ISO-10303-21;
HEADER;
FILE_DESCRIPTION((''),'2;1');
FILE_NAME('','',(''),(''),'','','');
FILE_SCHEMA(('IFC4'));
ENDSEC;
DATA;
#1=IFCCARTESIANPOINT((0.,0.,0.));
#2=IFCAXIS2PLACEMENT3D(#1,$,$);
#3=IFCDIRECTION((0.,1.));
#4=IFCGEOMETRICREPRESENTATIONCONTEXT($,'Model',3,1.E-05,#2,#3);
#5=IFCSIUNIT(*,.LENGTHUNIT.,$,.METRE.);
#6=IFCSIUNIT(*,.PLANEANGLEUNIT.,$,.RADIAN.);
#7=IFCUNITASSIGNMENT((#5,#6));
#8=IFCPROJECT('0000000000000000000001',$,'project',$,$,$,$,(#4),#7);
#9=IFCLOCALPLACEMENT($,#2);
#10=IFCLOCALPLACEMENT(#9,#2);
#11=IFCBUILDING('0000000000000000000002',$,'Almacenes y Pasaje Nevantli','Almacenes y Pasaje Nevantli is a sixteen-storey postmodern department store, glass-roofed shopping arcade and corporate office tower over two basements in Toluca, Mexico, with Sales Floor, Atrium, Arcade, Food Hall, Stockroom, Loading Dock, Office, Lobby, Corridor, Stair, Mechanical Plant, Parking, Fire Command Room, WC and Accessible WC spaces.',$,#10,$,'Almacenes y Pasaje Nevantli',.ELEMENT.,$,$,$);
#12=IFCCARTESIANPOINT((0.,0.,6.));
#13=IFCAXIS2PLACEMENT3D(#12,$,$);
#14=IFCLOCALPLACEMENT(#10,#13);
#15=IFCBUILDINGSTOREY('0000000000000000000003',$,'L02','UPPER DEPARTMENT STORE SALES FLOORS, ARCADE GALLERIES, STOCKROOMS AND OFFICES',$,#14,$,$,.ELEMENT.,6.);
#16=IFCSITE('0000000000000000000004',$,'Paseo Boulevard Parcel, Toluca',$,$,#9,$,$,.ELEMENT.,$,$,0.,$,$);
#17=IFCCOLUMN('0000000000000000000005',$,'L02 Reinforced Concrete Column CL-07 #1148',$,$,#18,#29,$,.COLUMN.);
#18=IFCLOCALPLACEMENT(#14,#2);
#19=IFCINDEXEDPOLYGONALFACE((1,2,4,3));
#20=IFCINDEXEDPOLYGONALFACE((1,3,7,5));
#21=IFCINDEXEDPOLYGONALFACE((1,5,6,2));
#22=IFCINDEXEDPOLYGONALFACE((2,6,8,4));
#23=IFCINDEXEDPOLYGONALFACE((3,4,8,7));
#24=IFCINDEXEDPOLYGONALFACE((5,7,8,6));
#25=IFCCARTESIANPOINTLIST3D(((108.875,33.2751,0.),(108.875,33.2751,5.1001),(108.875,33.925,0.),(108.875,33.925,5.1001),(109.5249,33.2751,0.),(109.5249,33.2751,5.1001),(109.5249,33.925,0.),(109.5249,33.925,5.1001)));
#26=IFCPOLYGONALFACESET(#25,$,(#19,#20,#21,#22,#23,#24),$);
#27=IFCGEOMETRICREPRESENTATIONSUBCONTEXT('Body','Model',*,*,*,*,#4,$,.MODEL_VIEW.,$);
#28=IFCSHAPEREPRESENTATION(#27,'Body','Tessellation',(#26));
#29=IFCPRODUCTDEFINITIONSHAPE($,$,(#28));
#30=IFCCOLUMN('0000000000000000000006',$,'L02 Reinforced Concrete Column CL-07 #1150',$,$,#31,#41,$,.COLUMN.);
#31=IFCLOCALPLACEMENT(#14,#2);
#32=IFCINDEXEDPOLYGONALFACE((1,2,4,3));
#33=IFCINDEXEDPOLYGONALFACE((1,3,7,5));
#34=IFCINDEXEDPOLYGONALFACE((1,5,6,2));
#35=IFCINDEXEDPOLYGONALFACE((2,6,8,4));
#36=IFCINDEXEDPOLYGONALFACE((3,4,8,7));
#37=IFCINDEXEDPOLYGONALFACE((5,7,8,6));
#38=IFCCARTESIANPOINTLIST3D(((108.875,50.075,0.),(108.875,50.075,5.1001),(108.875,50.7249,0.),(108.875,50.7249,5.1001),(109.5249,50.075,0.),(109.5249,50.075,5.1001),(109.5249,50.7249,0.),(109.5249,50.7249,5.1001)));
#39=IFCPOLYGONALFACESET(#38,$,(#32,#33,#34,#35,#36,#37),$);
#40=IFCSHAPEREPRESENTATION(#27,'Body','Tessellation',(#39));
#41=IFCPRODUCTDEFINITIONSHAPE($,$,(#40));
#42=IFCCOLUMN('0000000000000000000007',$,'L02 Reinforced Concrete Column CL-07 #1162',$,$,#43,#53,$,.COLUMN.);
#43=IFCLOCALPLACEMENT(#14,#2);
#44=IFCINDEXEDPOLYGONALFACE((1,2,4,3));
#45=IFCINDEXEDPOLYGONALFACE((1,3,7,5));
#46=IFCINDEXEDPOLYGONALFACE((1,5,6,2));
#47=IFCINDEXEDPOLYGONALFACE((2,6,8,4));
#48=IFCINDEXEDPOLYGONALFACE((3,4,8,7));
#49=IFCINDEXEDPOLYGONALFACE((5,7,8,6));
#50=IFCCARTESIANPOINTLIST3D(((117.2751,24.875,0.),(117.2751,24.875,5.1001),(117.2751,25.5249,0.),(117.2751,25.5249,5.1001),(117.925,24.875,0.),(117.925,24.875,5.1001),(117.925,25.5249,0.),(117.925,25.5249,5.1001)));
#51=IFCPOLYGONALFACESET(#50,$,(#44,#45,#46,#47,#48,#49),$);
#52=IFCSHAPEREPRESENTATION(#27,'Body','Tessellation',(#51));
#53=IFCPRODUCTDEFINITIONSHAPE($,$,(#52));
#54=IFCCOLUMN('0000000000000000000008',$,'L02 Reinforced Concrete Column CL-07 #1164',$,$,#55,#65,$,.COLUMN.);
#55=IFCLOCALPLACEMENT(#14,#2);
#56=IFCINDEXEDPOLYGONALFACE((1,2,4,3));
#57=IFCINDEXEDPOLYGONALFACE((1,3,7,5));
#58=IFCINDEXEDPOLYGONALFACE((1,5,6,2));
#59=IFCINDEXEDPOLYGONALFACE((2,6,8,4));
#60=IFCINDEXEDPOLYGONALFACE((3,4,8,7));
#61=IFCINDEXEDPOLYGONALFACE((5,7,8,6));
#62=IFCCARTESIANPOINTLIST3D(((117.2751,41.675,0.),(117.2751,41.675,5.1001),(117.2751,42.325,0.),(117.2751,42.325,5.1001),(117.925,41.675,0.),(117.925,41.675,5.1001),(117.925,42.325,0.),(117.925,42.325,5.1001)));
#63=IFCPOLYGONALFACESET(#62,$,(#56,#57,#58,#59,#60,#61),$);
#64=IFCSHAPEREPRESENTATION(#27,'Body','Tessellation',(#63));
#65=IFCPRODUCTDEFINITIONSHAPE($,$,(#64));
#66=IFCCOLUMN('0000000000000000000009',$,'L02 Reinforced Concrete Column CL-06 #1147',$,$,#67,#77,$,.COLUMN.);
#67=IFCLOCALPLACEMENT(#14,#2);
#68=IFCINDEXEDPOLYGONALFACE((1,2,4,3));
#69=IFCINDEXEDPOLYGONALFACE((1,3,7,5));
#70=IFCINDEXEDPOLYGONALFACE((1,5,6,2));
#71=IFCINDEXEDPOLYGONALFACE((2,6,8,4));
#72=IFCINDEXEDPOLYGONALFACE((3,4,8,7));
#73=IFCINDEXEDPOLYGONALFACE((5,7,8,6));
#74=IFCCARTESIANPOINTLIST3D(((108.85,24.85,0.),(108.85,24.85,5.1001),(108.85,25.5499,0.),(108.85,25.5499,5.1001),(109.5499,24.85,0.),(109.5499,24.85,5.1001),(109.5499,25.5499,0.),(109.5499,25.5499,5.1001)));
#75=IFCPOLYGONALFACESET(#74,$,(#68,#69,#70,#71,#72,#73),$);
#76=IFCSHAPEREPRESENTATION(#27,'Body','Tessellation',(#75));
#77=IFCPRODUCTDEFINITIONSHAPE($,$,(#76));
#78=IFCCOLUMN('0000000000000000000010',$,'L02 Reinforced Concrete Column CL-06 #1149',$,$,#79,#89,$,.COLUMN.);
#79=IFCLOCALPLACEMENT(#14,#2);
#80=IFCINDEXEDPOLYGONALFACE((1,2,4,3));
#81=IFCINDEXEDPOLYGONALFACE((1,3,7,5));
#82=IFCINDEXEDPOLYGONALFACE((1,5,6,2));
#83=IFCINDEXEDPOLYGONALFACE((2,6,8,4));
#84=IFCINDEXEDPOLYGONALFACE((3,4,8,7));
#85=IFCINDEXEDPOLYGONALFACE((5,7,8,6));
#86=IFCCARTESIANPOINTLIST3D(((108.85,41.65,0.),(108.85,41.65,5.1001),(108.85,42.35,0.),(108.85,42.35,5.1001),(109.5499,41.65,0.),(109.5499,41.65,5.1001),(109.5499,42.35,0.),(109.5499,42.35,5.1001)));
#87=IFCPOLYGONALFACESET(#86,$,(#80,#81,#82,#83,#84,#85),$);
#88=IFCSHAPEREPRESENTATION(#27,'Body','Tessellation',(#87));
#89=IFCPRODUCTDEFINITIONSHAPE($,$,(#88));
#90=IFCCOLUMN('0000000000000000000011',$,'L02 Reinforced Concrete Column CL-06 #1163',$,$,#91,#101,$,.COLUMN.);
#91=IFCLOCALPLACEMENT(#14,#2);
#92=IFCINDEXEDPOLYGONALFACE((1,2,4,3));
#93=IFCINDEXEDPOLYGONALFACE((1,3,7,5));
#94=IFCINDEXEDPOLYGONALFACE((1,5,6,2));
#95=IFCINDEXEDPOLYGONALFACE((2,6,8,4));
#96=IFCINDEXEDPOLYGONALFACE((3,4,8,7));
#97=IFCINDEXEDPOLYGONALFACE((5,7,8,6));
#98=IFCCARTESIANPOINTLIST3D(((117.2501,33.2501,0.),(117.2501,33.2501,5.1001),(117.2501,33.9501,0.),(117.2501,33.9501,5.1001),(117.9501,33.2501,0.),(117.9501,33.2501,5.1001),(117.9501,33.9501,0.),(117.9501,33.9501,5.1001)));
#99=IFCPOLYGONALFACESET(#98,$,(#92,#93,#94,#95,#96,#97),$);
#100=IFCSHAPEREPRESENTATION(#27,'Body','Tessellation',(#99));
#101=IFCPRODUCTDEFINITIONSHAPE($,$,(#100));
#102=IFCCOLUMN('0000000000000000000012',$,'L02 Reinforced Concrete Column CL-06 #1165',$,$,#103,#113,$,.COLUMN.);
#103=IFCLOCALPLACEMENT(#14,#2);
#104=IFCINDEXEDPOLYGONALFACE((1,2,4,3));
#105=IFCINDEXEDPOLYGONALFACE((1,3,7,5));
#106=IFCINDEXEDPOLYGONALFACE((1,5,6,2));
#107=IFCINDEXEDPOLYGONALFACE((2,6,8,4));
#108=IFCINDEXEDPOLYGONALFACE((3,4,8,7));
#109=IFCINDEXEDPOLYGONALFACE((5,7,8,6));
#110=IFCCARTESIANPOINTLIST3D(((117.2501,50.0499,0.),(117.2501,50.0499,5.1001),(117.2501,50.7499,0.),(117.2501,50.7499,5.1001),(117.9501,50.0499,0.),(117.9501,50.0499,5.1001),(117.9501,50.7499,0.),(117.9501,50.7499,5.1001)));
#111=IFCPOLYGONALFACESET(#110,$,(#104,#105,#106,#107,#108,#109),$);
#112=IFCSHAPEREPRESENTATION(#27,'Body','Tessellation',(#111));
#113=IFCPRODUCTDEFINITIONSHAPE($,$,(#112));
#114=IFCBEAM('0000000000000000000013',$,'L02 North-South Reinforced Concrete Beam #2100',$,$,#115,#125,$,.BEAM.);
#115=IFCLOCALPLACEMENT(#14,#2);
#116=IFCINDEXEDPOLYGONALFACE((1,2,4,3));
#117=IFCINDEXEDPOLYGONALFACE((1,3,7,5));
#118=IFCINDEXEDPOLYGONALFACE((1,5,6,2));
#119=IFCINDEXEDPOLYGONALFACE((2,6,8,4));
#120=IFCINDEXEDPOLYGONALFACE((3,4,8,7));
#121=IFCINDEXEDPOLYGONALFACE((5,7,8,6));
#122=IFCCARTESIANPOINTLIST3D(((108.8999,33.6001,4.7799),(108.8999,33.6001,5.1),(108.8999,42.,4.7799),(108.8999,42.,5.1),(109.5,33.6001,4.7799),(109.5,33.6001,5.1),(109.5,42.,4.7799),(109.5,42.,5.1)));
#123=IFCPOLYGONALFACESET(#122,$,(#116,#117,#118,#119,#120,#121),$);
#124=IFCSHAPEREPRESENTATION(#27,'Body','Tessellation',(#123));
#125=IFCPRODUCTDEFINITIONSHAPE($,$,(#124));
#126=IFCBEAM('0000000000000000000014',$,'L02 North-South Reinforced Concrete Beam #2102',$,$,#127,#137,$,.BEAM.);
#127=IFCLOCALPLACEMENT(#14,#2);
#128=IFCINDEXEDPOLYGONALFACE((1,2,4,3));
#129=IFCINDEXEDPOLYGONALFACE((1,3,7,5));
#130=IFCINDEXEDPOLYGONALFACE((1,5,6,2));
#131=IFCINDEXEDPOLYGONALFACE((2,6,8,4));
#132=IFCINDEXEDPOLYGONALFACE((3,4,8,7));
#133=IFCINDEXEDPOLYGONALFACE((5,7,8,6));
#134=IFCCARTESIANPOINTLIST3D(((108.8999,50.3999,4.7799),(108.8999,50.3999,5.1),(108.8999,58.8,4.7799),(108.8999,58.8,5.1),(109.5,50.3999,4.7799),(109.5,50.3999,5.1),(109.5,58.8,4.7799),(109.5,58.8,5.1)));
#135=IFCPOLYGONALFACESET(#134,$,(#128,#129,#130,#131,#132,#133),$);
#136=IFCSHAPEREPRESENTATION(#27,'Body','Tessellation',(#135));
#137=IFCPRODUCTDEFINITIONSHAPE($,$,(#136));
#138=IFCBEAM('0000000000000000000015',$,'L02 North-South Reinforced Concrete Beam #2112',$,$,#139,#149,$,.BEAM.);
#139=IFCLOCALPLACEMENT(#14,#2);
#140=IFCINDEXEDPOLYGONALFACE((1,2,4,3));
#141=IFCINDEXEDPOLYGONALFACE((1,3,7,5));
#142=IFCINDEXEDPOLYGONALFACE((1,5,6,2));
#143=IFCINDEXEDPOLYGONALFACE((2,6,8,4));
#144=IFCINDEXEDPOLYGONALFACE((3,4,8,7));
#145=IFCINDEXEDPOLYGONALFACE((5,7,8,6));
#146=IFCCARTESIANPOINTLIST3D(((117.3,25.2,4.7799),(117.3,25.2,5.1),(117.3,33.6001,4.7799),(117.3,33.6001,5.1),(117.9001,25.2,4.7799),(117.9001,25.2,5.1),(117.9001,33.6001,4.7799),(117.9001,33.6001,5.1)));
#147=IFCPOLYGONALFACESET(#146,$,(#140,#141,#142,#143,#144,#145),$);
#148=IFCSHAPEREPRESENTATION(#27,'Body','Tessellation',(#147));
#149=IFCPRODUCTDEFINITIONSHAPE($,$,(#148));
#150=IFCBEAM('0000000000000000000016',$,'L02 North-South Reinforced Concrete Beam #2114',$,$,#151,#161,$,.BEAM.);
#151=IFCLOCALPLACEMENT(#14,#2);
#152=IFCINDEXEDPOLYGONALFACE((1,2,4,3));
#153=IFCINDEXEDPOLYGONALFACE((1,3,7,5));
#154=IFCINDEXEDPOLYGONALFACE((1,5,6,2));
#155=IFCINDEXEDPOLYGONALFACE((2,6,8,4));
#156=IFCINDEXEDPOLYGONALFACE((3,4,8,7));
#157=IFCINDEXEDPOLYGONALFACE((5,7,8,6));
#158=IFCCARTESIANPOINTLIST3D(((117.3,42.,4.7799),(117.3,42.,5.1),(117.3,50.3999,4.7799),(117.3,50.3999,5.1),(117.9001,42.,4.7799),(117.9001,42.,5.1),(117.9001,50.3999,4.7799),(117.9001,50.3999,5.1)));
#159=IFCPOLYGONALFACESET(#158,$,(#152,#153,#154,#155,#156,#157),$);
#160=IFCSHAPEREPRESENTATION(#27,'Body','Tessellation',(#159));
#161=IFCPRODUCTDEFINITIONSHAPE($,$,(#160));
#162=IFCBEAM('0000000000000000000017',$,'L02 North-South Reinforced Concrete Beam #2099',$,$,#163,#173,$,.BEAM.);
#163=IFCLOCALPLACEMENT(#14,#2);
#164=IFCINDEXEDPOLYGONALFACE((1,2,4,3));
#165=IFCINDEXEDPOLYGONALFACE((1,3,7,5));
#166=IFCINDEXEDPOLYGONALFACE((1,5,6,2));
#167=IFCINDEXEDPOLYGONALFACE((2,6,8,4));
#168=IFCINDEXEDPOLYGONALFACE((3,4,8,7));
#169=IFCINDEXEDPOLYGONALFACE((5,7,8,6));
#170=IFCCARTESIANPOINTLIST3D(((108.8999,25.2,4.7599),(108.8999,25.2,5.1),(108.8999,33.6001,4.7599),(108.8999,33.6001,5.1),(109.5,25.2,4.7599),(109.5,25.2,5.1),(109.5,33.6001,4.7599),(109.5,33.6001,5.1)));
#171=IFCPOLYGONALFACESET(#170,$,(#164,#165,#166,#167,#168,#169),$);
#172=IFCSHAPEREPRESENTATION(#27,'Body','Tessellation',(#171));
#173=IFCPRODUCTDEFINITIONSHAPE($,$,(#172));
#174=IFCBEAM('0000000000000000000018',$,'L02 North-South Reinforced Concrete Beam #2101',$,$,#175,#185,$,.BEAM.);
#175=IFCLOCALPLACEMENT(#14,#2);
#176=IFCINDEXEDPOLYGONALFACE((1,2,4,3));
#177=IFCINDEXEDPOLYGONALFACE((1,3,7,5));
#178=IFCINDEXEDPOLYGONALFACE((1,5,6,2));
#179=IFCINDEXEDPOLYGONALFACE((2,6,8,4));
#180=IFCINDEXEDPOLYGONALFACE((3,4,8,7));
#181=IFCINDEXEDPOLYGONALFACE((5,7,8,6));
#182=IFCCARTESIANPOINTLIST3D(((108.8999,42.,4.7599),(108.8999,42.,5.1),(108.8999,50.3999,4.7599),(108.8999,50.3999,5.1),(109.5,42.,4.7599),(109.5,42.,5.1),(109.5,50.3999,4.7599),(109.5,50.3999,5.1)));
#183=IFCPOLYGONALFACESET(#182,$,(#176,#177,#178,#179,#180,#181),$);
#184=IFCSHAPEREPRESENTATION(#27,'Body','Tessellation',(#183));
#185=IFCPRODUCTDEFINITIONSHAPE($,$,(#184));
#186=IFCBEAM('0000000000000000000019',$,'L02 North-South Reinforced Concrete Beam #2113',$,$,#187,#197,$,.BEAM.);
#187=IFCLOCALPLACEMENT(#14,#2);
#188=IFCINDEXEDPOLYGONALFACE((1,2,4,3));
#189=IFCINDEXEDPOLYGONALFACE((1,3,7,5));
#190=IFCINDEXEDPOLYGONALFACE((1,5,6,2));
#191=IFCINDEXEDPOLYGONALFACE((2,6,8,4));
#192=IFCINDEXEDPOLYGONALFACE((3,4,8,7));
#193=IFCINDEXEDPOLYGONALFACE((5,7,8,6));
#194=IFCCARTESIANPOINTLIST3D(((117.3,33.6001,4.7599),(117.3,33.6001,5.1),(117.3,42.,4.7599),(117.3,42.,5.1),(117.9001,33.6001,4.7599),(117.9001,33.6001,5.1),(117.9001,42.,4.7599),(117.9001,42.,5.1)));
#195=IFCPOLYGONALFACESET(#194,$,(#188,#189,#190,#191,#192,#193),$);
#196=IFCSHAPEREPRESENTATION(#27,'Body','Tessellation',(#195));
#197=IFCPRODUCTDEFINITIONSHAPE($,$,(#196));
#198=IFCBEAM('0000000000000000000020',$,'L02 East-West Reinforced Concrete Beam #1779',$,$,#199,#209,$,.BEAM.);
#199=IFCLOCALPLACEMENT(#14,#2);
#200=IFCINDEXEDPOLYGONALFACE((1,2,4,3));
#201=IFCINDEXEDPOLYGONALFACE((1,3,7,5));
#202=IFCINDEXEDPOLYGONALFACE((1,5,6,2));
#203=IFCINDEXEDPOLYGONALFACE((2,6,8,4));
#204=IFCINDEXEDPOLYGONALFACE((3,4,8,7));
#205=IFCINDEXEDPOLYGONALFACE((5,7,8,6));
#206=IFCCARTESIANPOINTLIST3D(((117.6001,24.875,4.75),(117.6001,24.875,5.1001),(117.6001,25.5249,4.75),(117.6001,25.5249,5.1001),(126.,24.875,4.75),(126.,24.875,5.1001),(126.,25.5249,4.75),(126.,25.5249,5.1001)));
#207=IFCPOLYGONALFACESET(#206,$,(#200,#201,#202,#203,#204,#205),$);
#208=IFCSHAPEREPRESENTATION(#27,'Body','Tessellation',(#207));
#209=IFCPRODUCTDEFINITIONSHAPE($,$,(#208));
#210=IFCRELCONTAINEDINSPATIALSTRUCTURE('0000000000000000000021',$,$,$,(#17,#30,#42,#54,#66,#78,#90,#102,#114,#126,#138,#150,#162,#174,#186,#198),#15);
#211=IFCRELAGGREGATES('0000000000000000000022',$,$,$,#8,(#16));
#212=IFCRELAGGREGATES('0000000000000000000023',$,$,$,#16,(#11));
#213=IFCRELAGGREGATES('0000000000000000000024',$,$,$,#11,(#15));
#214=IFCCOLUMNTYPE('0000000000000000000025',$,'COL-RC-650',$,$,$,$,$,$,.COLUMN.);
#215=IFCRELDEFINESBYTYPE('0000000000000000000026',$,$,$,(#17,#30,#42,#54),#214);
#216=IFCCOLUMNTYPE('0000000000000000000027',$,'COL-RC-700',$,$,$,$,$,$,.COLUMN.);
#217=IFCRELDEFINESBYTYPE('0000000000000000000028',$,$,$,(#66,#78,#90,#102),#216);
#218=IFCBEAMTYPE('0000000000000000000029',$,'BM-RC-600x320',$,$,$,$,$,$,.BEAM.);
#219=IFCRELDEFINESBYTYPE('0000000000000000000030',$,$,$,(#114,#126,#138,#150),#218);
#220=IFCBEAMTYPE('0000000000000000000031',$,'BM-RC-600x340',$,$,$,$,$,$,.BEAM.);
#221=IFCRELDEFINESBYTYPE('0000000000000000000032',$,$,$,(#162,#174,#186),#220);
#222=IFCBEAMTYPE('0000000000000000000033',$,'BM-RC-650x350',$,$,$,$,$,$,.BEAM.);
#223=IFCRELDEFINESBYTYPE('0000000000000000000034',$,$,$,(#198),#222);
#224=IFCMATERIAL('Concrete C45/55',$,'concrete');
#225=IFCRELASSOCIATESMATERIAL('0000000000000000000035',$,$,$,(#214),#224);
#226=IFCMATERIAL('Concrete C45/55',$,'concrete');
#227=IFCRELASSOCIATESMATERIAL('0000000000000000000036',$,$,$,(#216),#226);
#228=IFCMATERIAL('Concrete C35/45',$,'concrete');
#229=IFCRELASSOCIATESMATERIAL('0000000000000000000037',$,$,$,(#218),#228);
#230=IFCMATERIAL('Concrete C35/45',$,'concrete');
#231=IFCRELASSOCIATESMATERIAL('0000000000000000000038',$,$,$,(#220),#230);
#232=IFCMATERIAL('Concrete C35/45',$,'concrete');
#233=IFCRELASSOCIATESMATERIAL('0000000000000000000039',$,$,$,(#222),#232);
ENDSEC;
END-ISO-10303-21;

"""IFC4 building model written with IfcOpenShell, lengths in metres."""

from ifc_helpers import new_model, si_unit, direction, frame, origin, origin_2d, place, context, subcontext, project, spatial, rectangle, extrude, material, material_profile, profile_set, type_object, element, save


model = new_model("IFC4")

# Units and contexts
model_context = context("Model", 3, precision=1e-05, world=origin(), true_north=direction((0.0, 1.0)))
body_context = subcontext(model_context, "Body", "Model", "MODEL_VIEW")
ifc_project = project(units=[si_unit("LENGTHUNIT", "METRE"), si_unit("PLANEANGLEUNIT", "RADIAN")], contexts=[model_context])

# Site, building, storey
site_placement = place(None, origin())
site = spatial("IfcSite", under=ifc_project, at=site_placement, Name="Paseo Boulevard Parcel, Toluca", CompositionType="ELEMENT", RefElevation=0.0)
building_placement = place(site_placement, origin())
building = spatial("IfcBuilding", under=site, at=building_placement, Name="Almacenes y Pasaje Nevantli", Description="Almacenes y Pasaje Nevantli is a sixteen-storey postmodern department store, glass-roofed shopping arcade and corporate office tower over two basements in Toluca, Mexico, with Sales Floor, Atrium, Arcade, Food Hall, Stockroom, Loading Dock, Office, Lobby, Corridor, Stair, Mechanical Plant, Parking, Fire Command Room, WC and Accessible WC spaces.", LongName="Almacenes y Pasaje Nevantli", CompositionType="ELEMENT")
storey_placement = place(building_placement, frame((0.0, 0.0, 6.0)))
storey = spatial("IfcBuildingStorey", under=building, at=storey_placement, Name="L02", Description="UPPER DEPARTMENT STORE SALES FLOORS, ARCADE GALLERIES, STOCKROOMS AND OFFICES", CompositionType="ELEMENT", Elevation=6.0)

# Columns
ifc_material_1 = material(Name="Concrete C45/55", Category="concrete")
ifc_material_profile_1 = material_profile(ifc_material_1, rectangle(XDim=0.6499, YDim=0.6499, at=origin_2d()), Name="RC-COL-650x650")
ifc_profile_set_1 = profile_set([ifc_material_profile_1], Name="Concrete C45/55")
column_type_1 = type_object("IfcColumnType", Name="COL-RC-650", PredefinedType="COLUMN", material=ifc_profile_set_1)
for number, where, z_axis, x_axis, name in (
    (1, (109.2, 33.6001, 0.0), (0.0, 0.0, 1.0), (1.0, 0.0, 0.0), "L02 Reinforced Concrete Column CL-07 #1148"),
    (2, (109.2, 50.3999, 0.0), (0.0, 0.0, 1.0), (1.0, 0.0, 0.0), "L02 Reinforced Concrete Column CL-07 #1150"),
    (3, (117.6001, 25.2, 0.0), (0.0, 0.0, 1.0), (1.0, 0.0, 0.0), "L02 Reinforced Concrete Column CL-07 #1162"),
    (4, (117.6001, 42.0, 0.0), (0.0, 0.0, 1.0), (1.0, 0.0, 0.0), "L02 Reinforced Concrete Column CL-07 #1164"),
):
    element("IfcColumn", number, at=place(storey_placement, frame(where, z_axis=z_axis, x_axis=x_axis)), inside=storey, type_object=column_type_1, Name=name, PredefinedType="COLUMN", context=body_context, shape_type="SweptSolid", body=[
        extrude(rectangle(XDim=0.6499, YDim=0.6499, at=origin_2d()), origin(), (0.0, 0.0, 1.0), 5.1001),
    ])
ifc_material_2 = material(Name="Concrete C45/55", Category="concrete")
ifc_material_profile_2 = material_profile(ifc_material_2, rectangle(XDim=0.7, YDim=0.7, at=origin_2d()), Name="RC-COL-700x700")
ifc_profile_set_2 = profile_set([ifc_material_profile_2], Name="Concrete C45/55")
column_type_2 = type_object("IfcColumnType", Name="COL-RC-700", PredefinedType="COLUMN", material=ifc_profile_set_2)
for number, where, z_axis, x_axis, name in (
    (5, (109.2, 25.2, 0.0), (0.0, 0.0, 1.0), (1.0, 0.0, 0.0), "L02 Reinforced Concrete Column CL-06 #1147"),
    (6, (109.2, 42.0, 0.0), (0.0, 0.0, 1.0), (1.0, 0.0, 0.0), "L02 Reinforced Concrete Column CL-06 #1149"),
    (7, (117.6001, 33.6001, 0.0), (0.0, 0.0, 1.0), (1.0, 0.0, 0.0), "L02 Reinforced Concrete Column CL-06 #1163"),
    (8, (117.6001, 50.3999, 0.0), (0.0, 0.0, 1.0), (1.0, 0.0, 0.0), "L02 Reinforced Concrete Column CL-06 #1165"),
):
    element("IfcColumn", number, at=place(storey_placement, frame(where, z_axis=z_axis, x_axis=x_axis)), inside=storey, type_object=column_type_2, Name=name, PredefinedType="COLUMN", context=body_context, shape_type="SweptSolid", body=[
        extrude(rectangle(XDim=0.7, YDim=0.7, at=origin_2d()), origin(), (0.0, 0.0, 1.0), 5.1001),
    ])

# Beams
ifc_material_3 = material(Name="Concrete C35/45", Category="concrete")
ifc_material_profile_3 = material_profile(ifc_material_3, rectangle(XDim=0.6001, YDim=0.3201, at=origin_2d()), Name="RC-BM-600x320")
ifc_profile_set_3 = profile_set([ifc_material_profile_3], Name="Concrete C35/45")
beam_type_1 = type_object("IfcBeamType", Name="BM-RC-600x320", PredefinedType="BEAM", material=ifc_profile_set_3)
beam_1_placement = place(storey_placement, frame((109.2, 33.6001, 4.9399), z_axis=(0.0, 1.0, 0.0), x_axis=(-1.0, 0.0, 0.0)))
element("IfcBeam", 9, at=beam_1_placement, inside=storey, type_object=beam_type_1, Name="L02 North-South Reinforced Concrete Beam #2100", PredefinedType="BEAM", context=body_context, shape_type="SweptSolid", body=[
    extrude(rectangle(XDim=0.6001, YDim=0.3201, at=origin_2d()), origin(), (0.0, 0.0, 1.0), 8.3999),
])
for number, where, z_axis, x_axis, name in (
    (10, (109.2, 50.3999, 4.9399), (0.0, 1.0, 0.0), (-1.0, 0.0, 0.0), "L02 North-South Reinforced Concrete Beam #2102"),
    (11, (117.6001, 25.2, 4.9399), (0.0, 1.0, 0.0), (-1.0, 0.0, 0.0), "L02 North-South Reinforced Concrete Beam #2112"),
):
    element("IfcBeam", number, at=place(storey_placement, frame(where, z_axis=z_axis, x_axis=x_axis)), inside=storey, type_object=beam_type_1, Name=name, PredefinedType="BEAM", context=body_context, shape_type="SweptSolid", body=[
        extrude(rectangle(XDim=0.6001, YDim=0.3201, at=origin_2d()), origin(), (0.0, 0.0, 1.0), 8.4001),
    ])
beam_2_placement = place(storey_placement, frame((117.6001, 42.0, 4.9399), z_axis=(0.0, 1.0, 0.0), x_axis=(-1.0, 0.0, 0.0)))
element("IfcBeam", 12, at=beam_2_placement, inside=storey, type_object=beam_type_1, Name="L02 North-South Reinforced Concrete Beam #2114", PredefinedType="BEAM", context=body_context, shape_type="SweptSolid", body=[
    extrude(rectangle(XDim=0.6001, YDim=0.3201, at=origin_2d()), origin(), (0.0, 0.0, 1.0), 8.3999),
])
ifc_material_4 = material(Name="Concrete C35/45", Category="concrete")
ifc_material_profile_4 = material_profile(ifc_material_4, rectangle(XDim=0.6001, YDim=0.3401, at=origin_2d()), Name="RC-BM-600x340")
ifc_profile_set_4 = profile_set([ifc_material_profile_4], Name="Concrete C35/45")
beam_type_2 = type_object("IfcBeamType", Name="BM-RC-600x340", PredefinedType="BEAM", material=ifc_profile_set_4)
beam_3_placement = place(storey_placement, frame((109.2, 25.2, 4.9299), z_axis=(0.0, 1.0, 0.0), x_axis=(-1.0, 0.0, 0.0)))
element("IfcBeam", 13, at=beam_3_placement, inside=storey, type_object=beam_type_2, Name="L02 North-South Reinforced Concrete Beam #2099", PredefinedType="BEAM", context=body_context, shape_type="SweptSolid", body=[
    extrude(rectangle(XDim=0.6001, YDim=0.3401, at=origin_2d()), origin(), (0.0, 0.0, 1.0), 8.4001),
])
for number, where, z_axis, x_axis, name in (
    (14, (109.2, 42.0, 4.9299), (0.0, 1.0, 0.0), (-1.0, 0.0, 0.0), "L02 North-South Reinforced Concrete Beam #2101"),
    (15, (117.6001, 33.6001, 4.9299), (0.0, 1.0, 0.0), (-1.0, 0.0, 0.0), "L02 North-South Reinforced Concrete Beam #2113"),
):
    element("IfcBeam", number, at=place(storey_placement, frame(where, z_axis=z_axis, x_axis=x_axis)), inside=storey, type_object=beam_type_2, Name=name, PredefinedType="BEAM", context=body_context, shape_type="SweptSolid", body=[
        extrude(rectangle(XDim=0.6001, YDim=0.3401, at=origin_2d()), origin(), (0.0, 0.0, 1.0), 8.3999),
    ])
ifc_material_5 = material(Name="Concrete C35/45", Category="concrete")
ifc_material_profile_5 = material_profile(ifc_material_5, rectangle(XDim=0.6499, YDim=0.3501, at=origin_2d()), Name="RC-BM-650x350")
ifc_profile_set_5 = profile_set([ifc_material_profile_5], Name="Concrete C35/45")
beam_type_3 = type_object("IfcBeamType", Name="BM-RC-650x350", PredefinedType="BEAM", material=ifc_profile_set_5)
beam_4_placement = place(storey_placement, frame((117.6001, 25.2, 4.925), z_axis=(1.0, 0.0, 0.0), x_axis=(0.0, 1.0, 0.0)))
element("IfcBeam", 16, at=beam_4_placement, inside=storey, type_object=beam_type_3, Name="L02 East-West Reinforced Concrete Beam #1779", PredefinedType="BEAM", context=body_context, shape_type="SweptSolid", body=[
    extrude(rectangle(XDim=0.6499, YDim=0.3501, at=origin_2d()), origin(), (0.0, 0.0, 1.0), 8.3999),
])

save(model, "model.ifc")
